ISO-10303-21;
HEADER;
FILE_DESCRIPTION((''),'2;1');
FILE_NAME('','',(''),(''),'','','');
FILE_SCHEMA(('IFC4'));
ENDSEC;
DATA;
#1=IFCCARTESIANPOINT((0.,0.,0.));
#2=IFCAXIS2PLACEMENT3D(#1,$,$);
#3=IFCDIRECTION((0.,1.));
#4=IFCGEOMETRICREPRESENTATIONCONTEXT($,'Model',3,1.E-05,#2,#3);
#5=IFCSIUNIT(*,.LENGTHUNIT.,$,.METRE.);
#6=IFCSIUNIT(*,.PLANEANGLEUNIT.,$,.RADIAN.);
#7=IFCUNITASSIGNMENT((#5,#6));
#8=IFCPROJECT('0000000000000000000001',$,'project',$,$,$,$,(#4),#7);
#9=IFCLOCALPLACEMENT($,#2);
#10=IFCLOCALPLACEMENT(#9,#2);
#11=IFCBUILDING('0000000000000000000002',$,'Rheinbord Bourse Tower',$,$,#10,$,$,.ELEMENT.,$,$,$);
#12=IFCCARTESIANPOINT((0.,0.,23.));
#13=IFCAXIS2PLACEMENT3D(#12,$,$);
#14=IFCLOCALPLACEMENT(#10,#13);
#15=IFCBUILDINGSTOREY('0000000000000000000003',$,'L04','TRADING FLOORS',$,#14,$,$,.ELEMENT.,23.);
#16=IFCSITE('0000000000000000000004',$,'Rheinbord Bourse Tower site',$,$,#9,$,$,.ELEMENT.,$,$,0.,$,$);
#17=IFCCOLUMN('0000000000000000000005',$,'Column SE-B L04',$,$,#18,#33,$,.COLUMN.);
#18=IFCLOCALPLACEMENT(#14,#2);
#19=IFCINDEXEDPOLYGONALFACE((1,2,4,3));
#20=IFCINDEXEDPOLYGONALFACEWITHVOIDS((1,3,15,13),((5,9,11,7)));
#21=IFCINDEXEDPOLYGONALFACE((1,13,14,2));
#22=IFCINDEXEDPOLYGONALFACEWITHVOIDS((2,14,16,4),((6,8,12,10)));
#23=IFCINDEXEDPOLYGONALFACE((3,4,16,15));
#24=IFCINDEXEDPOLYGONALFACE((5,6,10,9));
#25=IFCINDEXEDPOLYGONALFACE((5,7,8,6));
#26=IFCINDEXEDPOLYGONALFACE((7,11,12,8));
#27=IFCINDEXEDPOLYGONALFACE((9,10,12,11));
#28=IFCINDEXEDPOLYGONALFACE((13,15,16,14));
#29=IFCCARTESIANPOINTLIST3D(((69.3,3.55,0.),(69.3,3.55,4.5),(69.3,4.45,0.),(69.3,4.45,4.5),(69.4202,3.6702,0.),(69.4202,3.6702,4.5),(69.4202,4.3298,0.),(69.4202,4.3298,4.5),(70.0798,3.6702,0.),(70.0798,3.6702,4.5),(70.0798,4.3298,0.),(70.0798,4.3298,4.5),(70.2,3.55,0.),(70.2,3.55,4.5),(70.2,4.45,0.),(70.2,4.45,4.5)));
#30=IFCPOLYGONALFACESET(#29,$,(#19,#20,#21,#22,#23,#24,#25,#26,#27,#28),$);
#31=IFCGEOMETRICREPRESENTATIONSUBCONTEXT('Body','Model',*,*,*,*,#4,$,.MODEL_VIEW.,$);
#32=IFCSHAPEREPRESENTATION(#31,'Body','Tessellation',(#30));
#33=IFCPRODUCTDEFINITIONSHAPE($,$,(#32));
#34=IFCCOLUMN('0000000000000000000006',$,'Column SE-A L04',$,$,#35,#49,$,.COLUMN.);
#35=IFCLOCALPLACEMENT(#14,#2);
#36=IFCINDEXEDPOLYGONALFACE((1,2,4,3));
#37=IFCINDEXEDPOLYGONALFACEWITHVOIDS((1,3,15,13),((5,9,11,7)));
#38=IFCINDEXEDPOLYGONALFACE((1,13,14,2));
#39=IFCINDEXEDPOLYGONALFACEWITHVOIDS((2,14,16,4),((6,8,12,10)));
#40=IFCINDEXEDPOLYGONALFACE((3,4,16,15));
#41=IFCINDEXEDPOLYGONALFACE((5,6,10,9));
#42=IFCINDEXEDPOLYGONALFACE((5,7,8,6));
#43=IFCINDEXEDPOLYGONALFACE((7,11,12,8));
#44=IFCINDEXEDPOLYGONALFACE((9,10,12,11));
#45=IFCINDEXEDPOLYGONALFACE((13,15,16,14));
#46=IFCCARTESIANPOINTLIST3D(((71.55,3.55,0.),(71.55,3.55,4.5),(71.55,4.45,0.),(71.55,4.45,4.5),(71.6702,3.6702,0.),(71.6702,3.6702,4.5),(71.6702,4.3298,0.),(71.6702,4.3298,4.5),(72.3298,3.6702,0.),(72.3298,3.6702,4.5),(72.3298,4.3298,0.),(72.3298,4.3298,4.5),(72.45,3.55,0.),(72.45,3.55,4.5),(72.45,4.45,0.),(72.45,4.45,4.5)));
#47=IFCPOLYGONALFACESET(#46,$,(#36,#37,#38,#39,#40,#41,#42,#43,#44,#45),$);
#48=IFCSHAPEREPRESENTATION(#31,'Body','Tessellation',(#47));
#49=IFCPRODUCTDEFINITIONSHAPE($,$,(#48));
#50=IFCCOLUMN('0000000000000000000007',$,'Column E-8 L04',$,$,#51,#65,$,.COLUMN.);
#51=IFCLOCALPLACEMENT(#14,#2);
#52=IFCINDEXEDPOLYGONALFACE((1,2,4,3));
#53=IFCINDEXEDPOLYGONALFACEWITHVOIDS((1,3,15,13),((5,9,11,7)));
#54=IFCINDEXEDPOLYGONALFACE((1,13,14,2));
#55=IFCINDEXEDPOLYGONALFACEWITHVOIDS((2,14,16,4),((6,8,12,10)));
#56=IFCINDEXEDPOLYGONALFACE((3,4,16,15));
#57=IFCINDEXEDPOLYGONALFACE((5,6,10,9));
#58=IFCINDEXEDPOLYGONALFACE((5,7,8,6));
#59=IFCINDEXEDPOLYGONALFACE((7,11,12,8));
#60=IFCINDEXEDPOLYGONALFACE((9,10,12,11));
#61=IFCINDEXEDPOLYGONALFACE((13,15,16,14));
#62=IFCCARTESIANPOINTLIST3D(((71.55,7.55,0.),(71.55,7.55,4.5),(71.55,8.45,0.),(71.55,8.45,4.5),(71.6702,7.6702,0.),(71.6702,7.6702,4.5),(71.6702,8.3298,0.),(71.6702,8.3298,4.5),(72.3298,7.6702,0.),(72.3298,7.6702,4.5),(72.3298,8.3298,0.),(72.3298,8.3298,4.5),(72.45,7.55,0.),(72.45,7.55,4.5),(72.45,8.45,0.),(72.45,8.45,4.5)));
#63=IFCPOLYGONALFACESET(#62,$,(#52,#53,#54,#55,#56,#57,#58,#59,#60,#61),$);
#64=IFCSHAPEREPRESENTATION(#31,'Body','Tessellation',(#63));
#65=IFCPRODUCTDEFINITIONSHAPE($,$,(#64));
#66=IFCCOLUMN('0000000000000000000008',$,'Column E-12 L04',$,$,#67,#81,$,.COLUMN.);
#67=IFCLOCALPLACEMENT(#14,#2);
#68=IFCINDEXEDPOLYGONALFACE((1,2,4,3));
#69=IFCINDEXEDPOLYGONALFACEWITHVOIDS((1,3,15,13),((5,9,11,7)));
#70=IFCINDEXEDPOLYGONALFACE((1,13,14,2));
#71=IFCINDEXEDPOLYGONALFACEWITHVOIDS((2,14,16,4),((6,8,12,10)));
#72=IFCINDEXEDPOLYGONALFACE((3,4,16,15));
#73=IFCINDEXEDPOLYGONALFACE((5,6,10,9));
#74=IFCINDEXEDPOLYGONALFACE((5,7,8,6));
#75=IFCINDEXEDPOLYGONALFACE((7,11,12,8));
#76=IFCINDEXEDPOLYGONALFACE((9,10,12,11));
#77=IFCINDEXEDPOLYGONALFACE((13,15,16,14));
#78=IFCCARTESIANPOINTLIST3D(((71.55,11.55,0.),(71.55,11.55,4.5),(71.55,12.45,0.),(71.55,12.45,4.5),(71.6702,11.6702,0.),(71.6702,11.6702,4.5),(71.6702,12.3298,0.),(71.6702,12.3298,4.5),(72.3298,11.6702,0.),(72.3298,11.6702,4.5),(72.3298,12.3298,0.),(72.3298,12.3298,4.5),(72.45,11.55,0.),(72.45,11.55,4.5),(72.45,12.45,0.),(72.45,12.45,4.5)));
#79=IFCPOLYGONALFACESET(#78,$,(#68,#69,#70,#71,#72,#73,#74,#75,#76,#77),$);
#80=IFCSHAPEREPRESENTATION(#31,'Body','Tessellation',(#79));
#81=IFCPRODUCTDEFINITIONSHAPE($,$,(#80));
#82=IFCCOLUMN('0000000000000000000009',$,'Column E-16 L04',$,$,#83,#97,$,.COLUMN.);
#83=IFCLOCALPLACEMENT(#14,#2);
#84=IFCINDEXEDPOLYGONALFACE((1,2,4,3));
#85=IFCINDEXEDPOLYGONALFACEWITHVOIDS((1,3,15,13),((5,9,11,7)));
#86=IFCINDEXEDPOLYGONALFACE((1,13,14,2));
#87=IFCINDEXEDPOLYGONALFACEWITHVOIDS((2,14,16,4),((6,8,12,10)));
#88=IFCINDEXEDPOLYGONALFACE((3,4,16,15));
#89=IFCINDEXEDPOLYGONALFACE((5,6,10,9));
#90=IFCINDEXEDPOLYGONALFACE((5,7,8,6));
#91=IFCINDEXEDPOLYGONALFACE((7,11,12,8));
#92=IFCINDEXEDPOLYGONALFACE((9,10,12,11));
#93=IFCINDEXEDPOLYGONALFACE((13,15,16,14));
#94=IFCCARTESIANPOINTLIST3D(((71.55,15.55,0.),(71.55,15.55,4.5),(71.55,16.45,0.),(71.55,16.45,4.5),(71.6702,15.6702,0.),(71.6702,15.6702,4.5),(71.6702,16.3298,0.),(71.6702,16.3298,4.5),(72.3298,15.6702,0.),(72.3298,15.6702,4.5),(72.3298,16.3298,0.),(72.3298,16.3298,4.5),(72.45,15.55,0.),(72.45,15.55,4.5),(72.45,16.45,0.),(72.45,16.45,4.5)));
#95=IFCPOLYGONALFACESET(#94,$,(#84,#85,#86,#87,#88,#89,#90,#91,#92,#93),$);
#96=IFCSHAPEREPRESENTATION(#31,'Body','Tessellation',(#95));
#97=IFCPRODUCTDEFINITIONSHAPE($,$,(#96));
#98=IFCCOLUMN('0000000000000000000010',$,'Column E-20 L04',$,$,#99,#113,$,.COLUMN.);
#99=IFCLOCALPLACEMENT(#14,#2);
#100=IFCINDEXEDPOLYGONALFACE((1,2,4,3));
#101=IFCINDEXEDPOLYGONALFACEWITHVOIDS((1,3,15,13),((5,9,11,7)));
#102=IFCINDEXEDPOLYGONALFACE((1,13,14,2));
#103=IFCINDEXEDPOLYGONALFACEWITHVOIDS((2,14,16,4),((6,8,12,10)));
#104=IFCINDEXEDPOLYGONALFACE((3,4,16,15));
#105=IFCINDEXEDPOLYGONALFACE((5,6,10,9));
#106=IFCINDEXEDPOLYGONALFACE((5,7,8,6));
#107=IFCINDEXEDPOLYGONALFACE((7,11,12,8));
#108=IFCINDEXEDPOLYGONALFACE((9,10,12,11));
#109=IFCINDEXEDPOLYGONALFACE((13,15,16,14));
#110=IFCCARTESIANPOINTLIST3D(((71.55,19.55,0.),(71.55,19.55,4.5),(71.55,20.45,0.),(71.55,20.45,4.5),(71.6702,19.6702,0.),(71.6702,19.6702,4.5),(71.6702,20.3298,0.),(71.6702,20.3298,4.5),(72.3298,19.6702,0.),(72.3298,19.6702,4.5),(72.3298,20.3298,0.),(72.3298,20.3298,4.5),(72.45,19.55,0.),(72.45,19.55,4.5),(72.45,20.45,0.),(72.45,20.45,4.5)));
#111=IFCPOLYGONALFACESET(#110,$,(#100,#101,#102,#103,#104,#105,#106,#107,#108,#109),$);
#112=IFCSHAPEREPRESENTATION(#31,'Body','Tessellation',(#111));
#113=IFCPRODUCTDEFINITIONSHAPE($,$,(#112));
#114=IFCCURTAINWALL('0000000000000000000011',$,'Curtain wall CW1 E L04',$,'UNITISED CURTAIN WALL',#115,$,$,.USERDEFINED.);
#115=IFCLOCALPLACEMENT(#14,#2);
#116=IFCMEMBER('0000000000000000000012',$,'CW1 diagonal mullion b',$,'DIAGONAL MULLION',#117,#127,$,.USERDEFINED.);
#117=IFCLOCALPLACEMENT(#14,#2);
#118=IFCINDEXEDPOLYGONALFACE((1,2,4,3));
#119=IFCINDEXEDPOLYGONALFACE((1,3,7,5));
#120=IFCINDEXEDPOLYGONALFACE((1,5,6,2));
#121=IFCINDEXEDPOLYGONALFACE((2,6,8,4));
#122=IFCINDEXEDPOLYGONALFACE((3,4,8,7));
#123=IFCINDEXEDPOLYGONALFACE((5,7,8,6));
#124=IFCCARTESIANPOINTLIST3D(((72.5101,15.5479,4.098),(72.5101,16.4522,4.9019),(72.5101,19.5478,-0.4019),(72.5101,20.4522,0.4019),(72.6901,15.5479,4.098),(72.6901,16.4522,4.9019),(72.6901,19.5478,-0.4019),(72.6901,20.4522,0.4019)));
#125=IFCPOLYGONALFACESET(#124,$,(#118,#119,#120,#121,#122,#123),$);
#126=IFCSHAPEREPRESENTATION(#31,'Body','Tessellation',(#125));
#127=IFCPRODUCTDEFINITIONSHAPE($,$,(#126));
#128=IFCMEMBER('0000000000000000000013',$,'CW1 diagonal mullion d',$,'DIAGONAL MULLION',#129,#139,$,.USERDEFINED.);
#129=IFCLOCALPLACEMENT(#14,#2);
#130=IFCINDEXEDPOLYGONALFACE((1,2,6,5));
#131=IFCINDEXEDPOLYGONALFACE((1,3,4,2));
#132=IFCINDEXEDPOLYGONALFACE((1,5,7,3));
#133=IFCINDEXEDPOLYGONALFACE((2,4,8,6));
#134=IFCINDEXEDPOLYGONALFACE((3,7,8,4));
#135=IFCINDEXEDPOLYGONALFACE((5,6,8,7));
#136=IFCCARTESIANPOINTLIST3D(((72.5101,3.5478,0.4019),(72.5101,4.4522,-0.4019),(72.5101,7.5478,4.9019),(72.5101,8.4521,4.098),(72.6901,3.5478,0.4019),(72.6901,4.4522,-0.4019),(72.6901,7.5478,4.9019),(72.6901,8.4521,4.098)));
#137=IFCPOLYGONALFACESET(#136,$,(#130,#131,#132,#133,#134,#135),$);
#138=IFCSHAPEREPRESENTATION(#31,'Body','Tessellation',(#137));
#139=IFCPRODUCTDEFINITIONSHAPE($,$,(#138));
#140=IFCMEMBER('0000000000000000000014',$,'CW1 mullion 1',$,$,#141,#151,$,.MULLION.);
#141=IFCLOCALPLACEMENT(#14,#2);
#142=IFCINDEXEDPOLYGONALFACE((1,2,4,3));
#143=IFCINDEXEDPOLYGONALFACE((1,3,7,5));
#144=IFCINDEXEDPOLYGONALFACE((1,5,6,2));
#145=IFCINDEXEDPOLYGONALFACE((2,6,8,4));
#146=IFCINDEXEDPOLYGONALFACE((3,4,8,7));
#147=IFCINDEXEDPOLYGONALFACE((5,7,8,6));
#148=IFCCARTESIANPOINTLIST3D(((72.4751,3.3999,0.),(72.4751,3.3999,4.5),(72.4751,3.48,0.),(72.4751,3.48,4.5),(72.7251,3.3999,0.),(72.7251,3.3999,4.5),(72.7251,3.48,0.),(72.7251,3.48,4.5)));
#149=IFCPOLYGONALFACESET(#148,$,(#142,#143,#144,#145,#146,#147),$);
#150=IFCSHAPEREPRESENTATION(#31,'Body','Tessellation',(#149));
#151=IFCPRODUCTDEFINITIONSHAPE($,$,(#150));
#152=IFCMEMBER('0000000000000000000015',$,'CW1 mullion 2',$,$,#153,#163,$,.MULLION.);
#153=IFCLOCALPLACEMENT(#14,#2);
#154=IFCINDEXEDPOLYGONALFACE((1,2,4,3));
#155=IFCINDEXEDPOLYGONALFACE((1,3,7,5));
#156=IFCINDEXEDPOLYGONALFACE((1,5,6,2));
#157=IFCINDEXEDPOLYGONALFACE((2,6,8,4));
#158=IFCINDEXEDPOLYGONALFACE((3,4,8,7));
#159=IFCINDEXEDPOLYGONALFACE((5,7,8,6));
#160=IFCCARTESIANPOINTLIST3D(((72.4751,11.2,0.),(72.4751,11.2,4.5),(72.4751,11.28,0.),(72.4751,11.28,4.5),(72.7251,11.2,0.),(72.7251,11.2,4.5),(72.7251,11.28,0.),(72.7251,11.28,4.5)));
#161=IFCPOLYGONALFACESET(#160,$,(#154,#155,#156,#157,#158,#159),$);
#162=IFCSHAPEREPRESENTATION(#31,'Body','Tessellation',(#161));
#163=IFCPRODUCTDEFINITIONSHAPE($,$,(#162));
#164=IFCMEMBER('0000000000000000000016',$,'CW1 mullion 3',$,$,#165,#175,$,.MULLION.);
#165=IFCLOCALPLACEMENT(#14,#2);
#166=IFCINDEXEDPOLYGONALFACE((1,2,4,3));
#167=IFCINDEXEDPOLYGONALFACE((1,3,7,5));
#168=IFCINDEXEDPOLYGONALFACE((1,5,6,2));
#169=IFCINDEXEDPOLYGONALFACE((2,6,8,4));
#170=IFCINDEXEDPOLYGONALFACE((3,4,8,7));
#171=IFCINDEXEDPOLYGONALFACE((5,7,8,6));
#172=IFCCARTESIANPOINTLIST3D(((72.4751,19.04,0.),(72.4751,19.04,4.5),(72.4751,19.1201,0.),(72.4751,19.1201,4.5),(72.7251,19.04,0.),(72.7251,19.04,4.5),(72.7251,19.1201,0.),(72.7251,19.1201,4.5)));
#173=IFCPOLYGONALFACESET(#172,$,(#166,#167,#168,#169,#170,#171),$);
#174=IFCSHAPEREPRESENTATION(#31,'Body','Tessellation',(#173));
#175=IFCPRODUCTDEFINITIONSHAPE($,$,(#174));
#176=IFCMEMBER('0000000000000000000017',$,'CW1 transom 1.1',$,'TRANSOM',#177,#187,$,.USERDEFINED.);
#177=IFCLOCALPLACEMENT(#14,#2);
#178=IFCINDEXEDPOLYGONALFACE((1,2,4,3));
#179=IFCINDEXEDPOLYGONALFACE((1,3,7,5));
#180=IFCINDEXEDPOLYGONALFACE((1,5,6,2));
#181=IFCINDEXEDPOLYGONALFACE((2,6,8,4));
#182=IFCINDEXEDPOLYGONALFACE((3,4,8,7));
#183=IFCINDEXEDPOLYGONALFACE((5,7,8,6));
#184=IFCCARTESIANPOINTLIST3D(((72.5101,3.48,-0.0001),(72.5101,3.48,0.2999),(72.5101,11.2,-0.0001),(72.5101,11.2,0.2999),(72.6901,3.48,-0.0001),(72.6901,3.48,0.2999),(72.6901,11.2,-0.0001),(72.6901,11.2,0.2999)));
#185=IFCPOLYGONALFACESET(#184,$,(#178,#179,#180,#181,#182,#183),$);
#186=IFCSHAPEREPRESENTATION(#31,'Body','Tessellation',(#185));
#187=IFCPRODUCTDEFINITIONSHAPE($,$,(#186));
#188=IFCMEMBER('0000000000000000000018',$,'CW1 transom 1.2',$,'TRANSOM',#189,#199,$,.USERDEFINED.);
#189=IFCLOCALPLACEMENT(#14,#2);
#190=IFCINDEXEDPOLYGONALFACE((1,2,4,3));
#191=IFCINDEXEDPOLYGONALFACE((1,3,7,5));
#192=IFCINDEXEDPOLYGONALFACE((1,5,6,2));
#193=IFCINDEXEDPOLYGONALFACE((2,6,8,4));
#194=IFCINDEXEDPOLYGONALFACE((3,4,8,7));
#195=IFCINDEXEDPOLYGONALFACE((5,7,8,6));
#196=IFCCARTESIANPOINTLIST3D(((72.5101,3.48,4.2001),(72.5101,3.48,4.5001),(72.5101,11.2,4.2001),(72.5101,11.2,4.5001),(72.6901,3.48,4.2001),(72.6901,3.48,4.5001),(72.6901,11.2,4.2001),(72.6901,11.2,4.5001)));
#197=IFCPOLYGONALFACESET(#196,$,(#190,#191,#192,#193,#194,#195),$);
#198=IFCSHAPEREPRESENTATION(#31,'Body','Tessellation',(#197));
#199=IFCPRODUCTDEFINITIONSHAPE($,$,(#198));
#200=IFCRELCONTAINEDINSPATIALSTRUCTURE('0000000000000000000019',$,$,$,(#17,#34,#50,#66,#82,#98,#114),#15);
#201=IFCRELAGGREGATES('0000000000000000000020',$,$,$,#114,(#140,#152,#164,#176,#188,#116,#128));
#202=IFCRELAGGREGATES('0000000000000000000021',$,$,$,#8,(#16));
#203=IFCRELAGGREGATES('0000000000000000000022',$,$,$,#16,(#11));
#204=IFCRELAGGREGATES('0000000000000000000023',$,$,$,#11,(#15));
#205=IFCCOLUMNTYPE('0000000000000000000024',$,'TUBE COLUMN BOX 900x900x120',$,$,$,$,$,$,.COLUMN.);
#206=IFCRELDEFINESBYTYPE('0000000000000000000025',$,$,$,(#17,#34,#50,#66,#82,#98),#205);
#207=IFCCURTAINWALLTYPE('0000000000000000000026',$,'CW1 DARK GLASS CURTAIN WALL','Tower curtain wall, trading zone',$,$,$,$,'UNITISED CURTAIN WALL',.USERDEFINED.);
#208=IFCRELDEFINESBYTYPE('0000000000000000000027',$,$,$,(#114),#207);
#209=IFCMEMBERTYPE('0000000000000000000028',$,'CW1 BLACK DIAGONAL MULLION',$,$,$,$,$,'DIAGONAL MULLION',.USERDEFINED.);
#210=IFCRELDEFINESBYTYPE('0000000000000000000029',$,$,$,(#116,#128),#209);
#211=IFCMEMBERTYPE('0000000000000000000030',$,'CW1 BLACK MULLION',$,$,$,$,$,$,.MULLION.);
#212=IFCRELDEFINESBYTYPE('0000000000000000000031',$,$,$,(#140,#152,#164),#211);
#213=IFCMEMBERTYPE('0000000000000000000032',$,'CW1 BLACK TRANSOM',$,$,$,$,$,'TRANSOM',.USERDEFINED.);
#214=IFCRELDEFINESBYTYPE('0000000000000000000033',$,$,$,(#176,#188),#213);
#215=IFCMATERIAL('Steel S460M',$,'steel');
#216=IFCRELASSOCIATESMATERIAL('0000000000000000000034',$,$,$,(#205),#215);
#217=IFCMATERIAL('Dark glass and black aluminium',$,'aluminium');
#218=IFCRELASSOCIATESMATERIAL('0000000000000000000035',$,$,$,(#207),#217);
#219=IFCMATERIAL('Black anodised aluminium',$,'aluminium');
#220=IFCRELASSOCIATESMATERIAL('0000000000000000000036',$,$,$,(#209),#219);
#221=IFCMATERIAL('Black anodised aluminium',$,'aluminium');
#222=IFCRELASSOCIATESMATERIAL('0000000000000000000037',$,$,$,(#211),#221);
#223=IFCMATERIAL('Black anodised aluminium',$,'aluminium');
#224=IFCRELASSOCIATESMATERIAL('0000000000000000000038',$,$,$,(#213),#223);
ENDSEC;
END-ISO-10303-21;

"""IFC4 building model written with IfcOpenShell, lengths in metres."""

from ifc_helpers import new_model, si_unit, direction, frame, origin, origin_2d, place, context, subcontext, project, spatial, rectangle, hollow_rectangle, extrude, material, material_profile, profile_set, type_object, element, aggregate, save


model = new_model("IFC4")

# Units and contexts
model_context = context("Model", 3, precision=1e-05, world=origin(), true_north=direction((0.0, 1.0)))
body_context = subcontext(model_context, "Body", "Model", "MODEL_VIEW")
ifc_project = project(units=[si_unit("LENGTHUNIT", "METRE"), si_unit("PLANEANGLEUNIT", "RADIAN")], contexts=[model_context])

# Site, building, storey
site_placement = place(None, origin())
site = spatial("IfcSite", under=ifc_project, at=site_placement, Name="Rheinbord Bourse Tower site", CompositionType="ELEMENT", RefElevation=0.0)
building_placement = place(site_placement, origin())
building = spatial("IfcBuilding", under=site, at=building_placement, Name="Rheinbord Bourse Tower", CompositionType="ELEMENT")
storey_placement = place(building_placement, frame((0.0, 0.0, 23.0)))
storey = spatial("IfcBuildingStorey", under=building, at=storey_placement, Name="L04", Description="TRADING FLOORS", CompositionType="ELEMENT", Elevation=23.0)

# Columns
ifc_material_1 = material(Name="Steel S460M", Category="steel")
ifc_material_profile_1 = material_profile(ifc_material_1, hollow_rectangle(XDim=0.8999, YDim=0.8999, WallThickness=0.1201, at=origin_2d()), Name="BOX 900x900x120")
ifc_profile_set_1 = profile_set([ifc_material_profile_1], Name="Steel S460M")
column_type = type_object("IfcColumnType", Name="TUBE COLUMN BOX 900x900x120", PredefinedType="COLUMN", material=ifc_profile_set_1)
for number, where, z_axis, x_axis, name in (
    (1, (69.75, 4.0, 0.0), (0.0, 0.0, 1.0), (1.0, 0.0, 0.0), "Column SE-B L04"),
    (2, (72.0, 4.0, 0.0), (0.0, 0.0, 1.0), (1.0, 0.0, 0.0), "Column SE-A L04"),
    (3, (72.0, 8.0, 0.0), (0.0, 0.0, 1.0), (1.0, 0.0, 0.0), "Column E-8 L04"),
    (4, (72.0, 12.0, 0.0), (0.0, 0.0, 1.0), (1.0, 0.0, 0.0), "Column E-12 L04"),
    (5, (72.0, 16.0, 0.0), (0.0, 0.0, 1.0), (1.0, 0.0, 0.0), "Column E-16 L04"),
    (6, (72.0, 20.0, 0.0), (0.0, 0.0, 1.0), (1.0, 0.0, 0.0), "Column E-20 L04"),
):
    element("IfcColumn", number, at=place(storey_placement, frame(where, z_axis=z_axis, x_axis=x_axis)), inside=storey, type_object=column_type, Name=name, PredefinedType="COLUMN", context=body_context, shape_type="SweptSolid", body=[
        extrude(hollow_rectangle(XDim=0.8999, YDim=0.8999, WallThickness=0.1201, at=origin_2d()), origin(), (0.0, 0.0, 1.0), 4.5),
    ])

# Curtain wall, members
ifc_material_2 = material(Name="Dark glass and black aluminium", Category="aluminium")
curtain_wall_type = type_object("IfcCurtainWallType", Name="CW1 DARK GLASS CURTAIN WALL", Description="Tower curtain wall, trading zone", ElementType="UNITISED CURTAIN WALL", PredefinedType="USERDEFINED", material=ifc_material_2)
curtain_wall_placement = place(storey_placement, origin())
curtain_wall = element("IfcCurtainWall", 7, at=curtain_wall_placement, inside=storey, type_object=curtain_wall_type, Name="Curtain wall CW1 E L04", ObjectType="UNITISED CURTAIN WALL", PredefinedType="USERDEFINED")
ifc_material_3 = material(Name="Black anodised aluminium", Category="aluminium")
ifc_material_profile_2 = material_profile(ifc_material_3, rectangle(XDim=0.1799, YDim=1.21, at=origin_2d()), Name="CW1 DIAGONAL MULLION 1210x180")
ifc_profile_set_2 = profile_set([ifc_material_profile_2], Name="Black anodised aluminium")
member_type_1 = type_object("IfcMemberType", Name="CW1 BLACK DIAGONAL MULLION", ElementType="DIAGONAL MULLION", PredefinedType="USERDEFINED", material=ifc_profile_set_2)
member_1_placement = place(storey_placement, frame((72.6001, 20.0, 0.0), z_axis=(0.0, -0.664364, 0.747409), x_axis=(1.0, 0.0, 0.0)))
member_1 = element("IfcMember", 8, at=member_1_placement, type_object=member_type_1, Name="CW1 diagonal mullion b", ObjectType="DIAGONAL MULLION", PredefinedType="USERDEFINED", context=body_context, shape_type="SweptSolid", body=[
    extrude(rectangle(XDim=0.1799, YDim=1.21, at=origin_2d()), origin(), (0.0, 0.0, 1.0), 6.0208),
])
member_2_placement = place(storey_placement, frame((72.6001, 4.0, 0.0), z_axis=(0.0, 0.664364, 0.747409), x_axis=(-1.0, 0.0, 0.0)))
member_2 = element("IfcMember", 9, at=member_2_placement, type_object=member_type_1, Name="CW1 diagonal mullion d", ObjectType="DIAGONAL MULLION", PredefinedType="USERDEFINED", context=body_context, shape_type="SweptSolid", body=[
    extrude(rectangle(XDim=0.1799, YDim=1.21, at=origin_2d()), origin(), (0.0, 0.0, 1.0), 6.0208),
])
ifc_material_4 = material(Name="Black anodised aluminium", Category="aluminium")
ifc_material_profile_3 = material_profile(ifc_material_4, rectangle(XDim=0.25, YDim=0.0801, at=origin_2d()), Name="CW1 MULLION 80x250")
ifc_profile_set_3 = profile_set([ifc_material_profile_3], Name="Black anodised aluminium")
member_type_2 = type_object("IfcMemberType", Name="CW1 BLACK MULLION", PredefinedType="MULLION", material=ifc_profile_set_3)
member_3_placement = place(storey_placement, frame((72.6001, 3.4399, 0.0), z_axis=(0.0, 0.0, 1.0), x_axis=(-1.0, 0.0, 0.0)))
member_3 = element("IfcMember", 10, at=member_3_placement, type_object=member_type_2, Name="CW1 mullion 1", PredefinedType="MULLION", context=body_context, shape_type="SweptSolid", body=[
    extrude(rectangle(XDim=0.25, YDim=0.0801, at=origin_2d()), origin(), (0.0, 0.0, 1.0), 4.5),
])
member_4_placement = place(storey_placement, frame((72.6001, 11.24, 0.0), z_axis=(0.0, 0.0, 1.0), x_axis=(-1.0, 0.0, 0.0)))
member_4 = element("IfcMember", 11, at=member_4_placement, type_object=member_type_2, Name="CW1 mullion 2", PredefinedType="MULLION", context=body_context, shape_type="SweptSolid", body=[
    extrude(rectangle(XDim=0.25, YDim=0.0801, at=origin_2d()), origin(), (0.0, 0.0, 1.0), 4.5),
])
member_5_placement = place(storey_placement, frame((72.6001, 19.0801, 0.0), z_axis=(0.0, 0.0, 1.0), x_axis=(-1.0, 0.0, 0.0)))
member_5 = element("IfcMember", 12, at=member_5_placement, type_object=member_type_2, Name="CW1 mullion 3", PredefinedType="MULLION", context=body_context, shape_type="SweptSolid", body=[
    extrude(rectangle(XDim=0.25, YDim=0.0801, at=origin_2d()), origin(), (0.0, 0.0, 1.0), 4.5),
])
ifc_material_5 = material(Name="Black anodised aluminium", Category="aluminium")
ifc_material_profile_4 = material_profile(ifc_material_5, rectangle(XDim=0.1799, YDim=0.3, at=origin_2d()), Name="CW1 TRANSOM 300x180")
ifc_profile_set_4 = profile_set([ifc_material_profile_4], Name="Black anodised aluminium")
member_type_3 = type_object("IfcMemberType", Name="CW1 BLACK TRANSOM", ElementType="TRANSOM", PredefinedType="USERDEFINED", material=ifc_profile_set_4)
member_6_placement = place(storey_placement, frame((72.6001, 3.48, 0.1499), z_axis=(0.0, 1.0, 0.0), x_axis=(-1.0, 0.0, 0.0)))
member_6 = element("IfcMember", 13, at=member_6_placement, type_object=member_type_3, Name="CW1 transom 1.1", ObjectType="TRANSOM", PredefinedType="USERDEFINED", context=body_context, shape_type="SweptSolid", body=[
    extrude(rectangle(XDim=0.1799, YDim=0.3, at=origin_2d()), origin(), (0.0, 0.0, 1.0), 7.72),
])
member_7_placement = place(storey_placement, frame((72.6001, 3.48, 4.3501), z_axis=(0.0, 1.0, 0.0), x_axis=(-1.0, 0.0, 0.0)))
member_7 = element("IfcMember", 14, at=member_7_placement, type_object=member_type_3, Name="CW1 transom 1.2", ObjectType="TRANSOM", PredefinedType="USERDEFINED", context=body_context, shape_type="SweptSolid", body=[
    extrude(rectangle(XDim=0.1799, YDim=0.3, at=origin_2d()), origin(), (0.0, 0.0, 1.0), 7.72),
])

aggregate(curtain_wall, [member_3, member_4, member_5, member_6, member_7, member_1, member_2])

save(model, "model.ifc")
